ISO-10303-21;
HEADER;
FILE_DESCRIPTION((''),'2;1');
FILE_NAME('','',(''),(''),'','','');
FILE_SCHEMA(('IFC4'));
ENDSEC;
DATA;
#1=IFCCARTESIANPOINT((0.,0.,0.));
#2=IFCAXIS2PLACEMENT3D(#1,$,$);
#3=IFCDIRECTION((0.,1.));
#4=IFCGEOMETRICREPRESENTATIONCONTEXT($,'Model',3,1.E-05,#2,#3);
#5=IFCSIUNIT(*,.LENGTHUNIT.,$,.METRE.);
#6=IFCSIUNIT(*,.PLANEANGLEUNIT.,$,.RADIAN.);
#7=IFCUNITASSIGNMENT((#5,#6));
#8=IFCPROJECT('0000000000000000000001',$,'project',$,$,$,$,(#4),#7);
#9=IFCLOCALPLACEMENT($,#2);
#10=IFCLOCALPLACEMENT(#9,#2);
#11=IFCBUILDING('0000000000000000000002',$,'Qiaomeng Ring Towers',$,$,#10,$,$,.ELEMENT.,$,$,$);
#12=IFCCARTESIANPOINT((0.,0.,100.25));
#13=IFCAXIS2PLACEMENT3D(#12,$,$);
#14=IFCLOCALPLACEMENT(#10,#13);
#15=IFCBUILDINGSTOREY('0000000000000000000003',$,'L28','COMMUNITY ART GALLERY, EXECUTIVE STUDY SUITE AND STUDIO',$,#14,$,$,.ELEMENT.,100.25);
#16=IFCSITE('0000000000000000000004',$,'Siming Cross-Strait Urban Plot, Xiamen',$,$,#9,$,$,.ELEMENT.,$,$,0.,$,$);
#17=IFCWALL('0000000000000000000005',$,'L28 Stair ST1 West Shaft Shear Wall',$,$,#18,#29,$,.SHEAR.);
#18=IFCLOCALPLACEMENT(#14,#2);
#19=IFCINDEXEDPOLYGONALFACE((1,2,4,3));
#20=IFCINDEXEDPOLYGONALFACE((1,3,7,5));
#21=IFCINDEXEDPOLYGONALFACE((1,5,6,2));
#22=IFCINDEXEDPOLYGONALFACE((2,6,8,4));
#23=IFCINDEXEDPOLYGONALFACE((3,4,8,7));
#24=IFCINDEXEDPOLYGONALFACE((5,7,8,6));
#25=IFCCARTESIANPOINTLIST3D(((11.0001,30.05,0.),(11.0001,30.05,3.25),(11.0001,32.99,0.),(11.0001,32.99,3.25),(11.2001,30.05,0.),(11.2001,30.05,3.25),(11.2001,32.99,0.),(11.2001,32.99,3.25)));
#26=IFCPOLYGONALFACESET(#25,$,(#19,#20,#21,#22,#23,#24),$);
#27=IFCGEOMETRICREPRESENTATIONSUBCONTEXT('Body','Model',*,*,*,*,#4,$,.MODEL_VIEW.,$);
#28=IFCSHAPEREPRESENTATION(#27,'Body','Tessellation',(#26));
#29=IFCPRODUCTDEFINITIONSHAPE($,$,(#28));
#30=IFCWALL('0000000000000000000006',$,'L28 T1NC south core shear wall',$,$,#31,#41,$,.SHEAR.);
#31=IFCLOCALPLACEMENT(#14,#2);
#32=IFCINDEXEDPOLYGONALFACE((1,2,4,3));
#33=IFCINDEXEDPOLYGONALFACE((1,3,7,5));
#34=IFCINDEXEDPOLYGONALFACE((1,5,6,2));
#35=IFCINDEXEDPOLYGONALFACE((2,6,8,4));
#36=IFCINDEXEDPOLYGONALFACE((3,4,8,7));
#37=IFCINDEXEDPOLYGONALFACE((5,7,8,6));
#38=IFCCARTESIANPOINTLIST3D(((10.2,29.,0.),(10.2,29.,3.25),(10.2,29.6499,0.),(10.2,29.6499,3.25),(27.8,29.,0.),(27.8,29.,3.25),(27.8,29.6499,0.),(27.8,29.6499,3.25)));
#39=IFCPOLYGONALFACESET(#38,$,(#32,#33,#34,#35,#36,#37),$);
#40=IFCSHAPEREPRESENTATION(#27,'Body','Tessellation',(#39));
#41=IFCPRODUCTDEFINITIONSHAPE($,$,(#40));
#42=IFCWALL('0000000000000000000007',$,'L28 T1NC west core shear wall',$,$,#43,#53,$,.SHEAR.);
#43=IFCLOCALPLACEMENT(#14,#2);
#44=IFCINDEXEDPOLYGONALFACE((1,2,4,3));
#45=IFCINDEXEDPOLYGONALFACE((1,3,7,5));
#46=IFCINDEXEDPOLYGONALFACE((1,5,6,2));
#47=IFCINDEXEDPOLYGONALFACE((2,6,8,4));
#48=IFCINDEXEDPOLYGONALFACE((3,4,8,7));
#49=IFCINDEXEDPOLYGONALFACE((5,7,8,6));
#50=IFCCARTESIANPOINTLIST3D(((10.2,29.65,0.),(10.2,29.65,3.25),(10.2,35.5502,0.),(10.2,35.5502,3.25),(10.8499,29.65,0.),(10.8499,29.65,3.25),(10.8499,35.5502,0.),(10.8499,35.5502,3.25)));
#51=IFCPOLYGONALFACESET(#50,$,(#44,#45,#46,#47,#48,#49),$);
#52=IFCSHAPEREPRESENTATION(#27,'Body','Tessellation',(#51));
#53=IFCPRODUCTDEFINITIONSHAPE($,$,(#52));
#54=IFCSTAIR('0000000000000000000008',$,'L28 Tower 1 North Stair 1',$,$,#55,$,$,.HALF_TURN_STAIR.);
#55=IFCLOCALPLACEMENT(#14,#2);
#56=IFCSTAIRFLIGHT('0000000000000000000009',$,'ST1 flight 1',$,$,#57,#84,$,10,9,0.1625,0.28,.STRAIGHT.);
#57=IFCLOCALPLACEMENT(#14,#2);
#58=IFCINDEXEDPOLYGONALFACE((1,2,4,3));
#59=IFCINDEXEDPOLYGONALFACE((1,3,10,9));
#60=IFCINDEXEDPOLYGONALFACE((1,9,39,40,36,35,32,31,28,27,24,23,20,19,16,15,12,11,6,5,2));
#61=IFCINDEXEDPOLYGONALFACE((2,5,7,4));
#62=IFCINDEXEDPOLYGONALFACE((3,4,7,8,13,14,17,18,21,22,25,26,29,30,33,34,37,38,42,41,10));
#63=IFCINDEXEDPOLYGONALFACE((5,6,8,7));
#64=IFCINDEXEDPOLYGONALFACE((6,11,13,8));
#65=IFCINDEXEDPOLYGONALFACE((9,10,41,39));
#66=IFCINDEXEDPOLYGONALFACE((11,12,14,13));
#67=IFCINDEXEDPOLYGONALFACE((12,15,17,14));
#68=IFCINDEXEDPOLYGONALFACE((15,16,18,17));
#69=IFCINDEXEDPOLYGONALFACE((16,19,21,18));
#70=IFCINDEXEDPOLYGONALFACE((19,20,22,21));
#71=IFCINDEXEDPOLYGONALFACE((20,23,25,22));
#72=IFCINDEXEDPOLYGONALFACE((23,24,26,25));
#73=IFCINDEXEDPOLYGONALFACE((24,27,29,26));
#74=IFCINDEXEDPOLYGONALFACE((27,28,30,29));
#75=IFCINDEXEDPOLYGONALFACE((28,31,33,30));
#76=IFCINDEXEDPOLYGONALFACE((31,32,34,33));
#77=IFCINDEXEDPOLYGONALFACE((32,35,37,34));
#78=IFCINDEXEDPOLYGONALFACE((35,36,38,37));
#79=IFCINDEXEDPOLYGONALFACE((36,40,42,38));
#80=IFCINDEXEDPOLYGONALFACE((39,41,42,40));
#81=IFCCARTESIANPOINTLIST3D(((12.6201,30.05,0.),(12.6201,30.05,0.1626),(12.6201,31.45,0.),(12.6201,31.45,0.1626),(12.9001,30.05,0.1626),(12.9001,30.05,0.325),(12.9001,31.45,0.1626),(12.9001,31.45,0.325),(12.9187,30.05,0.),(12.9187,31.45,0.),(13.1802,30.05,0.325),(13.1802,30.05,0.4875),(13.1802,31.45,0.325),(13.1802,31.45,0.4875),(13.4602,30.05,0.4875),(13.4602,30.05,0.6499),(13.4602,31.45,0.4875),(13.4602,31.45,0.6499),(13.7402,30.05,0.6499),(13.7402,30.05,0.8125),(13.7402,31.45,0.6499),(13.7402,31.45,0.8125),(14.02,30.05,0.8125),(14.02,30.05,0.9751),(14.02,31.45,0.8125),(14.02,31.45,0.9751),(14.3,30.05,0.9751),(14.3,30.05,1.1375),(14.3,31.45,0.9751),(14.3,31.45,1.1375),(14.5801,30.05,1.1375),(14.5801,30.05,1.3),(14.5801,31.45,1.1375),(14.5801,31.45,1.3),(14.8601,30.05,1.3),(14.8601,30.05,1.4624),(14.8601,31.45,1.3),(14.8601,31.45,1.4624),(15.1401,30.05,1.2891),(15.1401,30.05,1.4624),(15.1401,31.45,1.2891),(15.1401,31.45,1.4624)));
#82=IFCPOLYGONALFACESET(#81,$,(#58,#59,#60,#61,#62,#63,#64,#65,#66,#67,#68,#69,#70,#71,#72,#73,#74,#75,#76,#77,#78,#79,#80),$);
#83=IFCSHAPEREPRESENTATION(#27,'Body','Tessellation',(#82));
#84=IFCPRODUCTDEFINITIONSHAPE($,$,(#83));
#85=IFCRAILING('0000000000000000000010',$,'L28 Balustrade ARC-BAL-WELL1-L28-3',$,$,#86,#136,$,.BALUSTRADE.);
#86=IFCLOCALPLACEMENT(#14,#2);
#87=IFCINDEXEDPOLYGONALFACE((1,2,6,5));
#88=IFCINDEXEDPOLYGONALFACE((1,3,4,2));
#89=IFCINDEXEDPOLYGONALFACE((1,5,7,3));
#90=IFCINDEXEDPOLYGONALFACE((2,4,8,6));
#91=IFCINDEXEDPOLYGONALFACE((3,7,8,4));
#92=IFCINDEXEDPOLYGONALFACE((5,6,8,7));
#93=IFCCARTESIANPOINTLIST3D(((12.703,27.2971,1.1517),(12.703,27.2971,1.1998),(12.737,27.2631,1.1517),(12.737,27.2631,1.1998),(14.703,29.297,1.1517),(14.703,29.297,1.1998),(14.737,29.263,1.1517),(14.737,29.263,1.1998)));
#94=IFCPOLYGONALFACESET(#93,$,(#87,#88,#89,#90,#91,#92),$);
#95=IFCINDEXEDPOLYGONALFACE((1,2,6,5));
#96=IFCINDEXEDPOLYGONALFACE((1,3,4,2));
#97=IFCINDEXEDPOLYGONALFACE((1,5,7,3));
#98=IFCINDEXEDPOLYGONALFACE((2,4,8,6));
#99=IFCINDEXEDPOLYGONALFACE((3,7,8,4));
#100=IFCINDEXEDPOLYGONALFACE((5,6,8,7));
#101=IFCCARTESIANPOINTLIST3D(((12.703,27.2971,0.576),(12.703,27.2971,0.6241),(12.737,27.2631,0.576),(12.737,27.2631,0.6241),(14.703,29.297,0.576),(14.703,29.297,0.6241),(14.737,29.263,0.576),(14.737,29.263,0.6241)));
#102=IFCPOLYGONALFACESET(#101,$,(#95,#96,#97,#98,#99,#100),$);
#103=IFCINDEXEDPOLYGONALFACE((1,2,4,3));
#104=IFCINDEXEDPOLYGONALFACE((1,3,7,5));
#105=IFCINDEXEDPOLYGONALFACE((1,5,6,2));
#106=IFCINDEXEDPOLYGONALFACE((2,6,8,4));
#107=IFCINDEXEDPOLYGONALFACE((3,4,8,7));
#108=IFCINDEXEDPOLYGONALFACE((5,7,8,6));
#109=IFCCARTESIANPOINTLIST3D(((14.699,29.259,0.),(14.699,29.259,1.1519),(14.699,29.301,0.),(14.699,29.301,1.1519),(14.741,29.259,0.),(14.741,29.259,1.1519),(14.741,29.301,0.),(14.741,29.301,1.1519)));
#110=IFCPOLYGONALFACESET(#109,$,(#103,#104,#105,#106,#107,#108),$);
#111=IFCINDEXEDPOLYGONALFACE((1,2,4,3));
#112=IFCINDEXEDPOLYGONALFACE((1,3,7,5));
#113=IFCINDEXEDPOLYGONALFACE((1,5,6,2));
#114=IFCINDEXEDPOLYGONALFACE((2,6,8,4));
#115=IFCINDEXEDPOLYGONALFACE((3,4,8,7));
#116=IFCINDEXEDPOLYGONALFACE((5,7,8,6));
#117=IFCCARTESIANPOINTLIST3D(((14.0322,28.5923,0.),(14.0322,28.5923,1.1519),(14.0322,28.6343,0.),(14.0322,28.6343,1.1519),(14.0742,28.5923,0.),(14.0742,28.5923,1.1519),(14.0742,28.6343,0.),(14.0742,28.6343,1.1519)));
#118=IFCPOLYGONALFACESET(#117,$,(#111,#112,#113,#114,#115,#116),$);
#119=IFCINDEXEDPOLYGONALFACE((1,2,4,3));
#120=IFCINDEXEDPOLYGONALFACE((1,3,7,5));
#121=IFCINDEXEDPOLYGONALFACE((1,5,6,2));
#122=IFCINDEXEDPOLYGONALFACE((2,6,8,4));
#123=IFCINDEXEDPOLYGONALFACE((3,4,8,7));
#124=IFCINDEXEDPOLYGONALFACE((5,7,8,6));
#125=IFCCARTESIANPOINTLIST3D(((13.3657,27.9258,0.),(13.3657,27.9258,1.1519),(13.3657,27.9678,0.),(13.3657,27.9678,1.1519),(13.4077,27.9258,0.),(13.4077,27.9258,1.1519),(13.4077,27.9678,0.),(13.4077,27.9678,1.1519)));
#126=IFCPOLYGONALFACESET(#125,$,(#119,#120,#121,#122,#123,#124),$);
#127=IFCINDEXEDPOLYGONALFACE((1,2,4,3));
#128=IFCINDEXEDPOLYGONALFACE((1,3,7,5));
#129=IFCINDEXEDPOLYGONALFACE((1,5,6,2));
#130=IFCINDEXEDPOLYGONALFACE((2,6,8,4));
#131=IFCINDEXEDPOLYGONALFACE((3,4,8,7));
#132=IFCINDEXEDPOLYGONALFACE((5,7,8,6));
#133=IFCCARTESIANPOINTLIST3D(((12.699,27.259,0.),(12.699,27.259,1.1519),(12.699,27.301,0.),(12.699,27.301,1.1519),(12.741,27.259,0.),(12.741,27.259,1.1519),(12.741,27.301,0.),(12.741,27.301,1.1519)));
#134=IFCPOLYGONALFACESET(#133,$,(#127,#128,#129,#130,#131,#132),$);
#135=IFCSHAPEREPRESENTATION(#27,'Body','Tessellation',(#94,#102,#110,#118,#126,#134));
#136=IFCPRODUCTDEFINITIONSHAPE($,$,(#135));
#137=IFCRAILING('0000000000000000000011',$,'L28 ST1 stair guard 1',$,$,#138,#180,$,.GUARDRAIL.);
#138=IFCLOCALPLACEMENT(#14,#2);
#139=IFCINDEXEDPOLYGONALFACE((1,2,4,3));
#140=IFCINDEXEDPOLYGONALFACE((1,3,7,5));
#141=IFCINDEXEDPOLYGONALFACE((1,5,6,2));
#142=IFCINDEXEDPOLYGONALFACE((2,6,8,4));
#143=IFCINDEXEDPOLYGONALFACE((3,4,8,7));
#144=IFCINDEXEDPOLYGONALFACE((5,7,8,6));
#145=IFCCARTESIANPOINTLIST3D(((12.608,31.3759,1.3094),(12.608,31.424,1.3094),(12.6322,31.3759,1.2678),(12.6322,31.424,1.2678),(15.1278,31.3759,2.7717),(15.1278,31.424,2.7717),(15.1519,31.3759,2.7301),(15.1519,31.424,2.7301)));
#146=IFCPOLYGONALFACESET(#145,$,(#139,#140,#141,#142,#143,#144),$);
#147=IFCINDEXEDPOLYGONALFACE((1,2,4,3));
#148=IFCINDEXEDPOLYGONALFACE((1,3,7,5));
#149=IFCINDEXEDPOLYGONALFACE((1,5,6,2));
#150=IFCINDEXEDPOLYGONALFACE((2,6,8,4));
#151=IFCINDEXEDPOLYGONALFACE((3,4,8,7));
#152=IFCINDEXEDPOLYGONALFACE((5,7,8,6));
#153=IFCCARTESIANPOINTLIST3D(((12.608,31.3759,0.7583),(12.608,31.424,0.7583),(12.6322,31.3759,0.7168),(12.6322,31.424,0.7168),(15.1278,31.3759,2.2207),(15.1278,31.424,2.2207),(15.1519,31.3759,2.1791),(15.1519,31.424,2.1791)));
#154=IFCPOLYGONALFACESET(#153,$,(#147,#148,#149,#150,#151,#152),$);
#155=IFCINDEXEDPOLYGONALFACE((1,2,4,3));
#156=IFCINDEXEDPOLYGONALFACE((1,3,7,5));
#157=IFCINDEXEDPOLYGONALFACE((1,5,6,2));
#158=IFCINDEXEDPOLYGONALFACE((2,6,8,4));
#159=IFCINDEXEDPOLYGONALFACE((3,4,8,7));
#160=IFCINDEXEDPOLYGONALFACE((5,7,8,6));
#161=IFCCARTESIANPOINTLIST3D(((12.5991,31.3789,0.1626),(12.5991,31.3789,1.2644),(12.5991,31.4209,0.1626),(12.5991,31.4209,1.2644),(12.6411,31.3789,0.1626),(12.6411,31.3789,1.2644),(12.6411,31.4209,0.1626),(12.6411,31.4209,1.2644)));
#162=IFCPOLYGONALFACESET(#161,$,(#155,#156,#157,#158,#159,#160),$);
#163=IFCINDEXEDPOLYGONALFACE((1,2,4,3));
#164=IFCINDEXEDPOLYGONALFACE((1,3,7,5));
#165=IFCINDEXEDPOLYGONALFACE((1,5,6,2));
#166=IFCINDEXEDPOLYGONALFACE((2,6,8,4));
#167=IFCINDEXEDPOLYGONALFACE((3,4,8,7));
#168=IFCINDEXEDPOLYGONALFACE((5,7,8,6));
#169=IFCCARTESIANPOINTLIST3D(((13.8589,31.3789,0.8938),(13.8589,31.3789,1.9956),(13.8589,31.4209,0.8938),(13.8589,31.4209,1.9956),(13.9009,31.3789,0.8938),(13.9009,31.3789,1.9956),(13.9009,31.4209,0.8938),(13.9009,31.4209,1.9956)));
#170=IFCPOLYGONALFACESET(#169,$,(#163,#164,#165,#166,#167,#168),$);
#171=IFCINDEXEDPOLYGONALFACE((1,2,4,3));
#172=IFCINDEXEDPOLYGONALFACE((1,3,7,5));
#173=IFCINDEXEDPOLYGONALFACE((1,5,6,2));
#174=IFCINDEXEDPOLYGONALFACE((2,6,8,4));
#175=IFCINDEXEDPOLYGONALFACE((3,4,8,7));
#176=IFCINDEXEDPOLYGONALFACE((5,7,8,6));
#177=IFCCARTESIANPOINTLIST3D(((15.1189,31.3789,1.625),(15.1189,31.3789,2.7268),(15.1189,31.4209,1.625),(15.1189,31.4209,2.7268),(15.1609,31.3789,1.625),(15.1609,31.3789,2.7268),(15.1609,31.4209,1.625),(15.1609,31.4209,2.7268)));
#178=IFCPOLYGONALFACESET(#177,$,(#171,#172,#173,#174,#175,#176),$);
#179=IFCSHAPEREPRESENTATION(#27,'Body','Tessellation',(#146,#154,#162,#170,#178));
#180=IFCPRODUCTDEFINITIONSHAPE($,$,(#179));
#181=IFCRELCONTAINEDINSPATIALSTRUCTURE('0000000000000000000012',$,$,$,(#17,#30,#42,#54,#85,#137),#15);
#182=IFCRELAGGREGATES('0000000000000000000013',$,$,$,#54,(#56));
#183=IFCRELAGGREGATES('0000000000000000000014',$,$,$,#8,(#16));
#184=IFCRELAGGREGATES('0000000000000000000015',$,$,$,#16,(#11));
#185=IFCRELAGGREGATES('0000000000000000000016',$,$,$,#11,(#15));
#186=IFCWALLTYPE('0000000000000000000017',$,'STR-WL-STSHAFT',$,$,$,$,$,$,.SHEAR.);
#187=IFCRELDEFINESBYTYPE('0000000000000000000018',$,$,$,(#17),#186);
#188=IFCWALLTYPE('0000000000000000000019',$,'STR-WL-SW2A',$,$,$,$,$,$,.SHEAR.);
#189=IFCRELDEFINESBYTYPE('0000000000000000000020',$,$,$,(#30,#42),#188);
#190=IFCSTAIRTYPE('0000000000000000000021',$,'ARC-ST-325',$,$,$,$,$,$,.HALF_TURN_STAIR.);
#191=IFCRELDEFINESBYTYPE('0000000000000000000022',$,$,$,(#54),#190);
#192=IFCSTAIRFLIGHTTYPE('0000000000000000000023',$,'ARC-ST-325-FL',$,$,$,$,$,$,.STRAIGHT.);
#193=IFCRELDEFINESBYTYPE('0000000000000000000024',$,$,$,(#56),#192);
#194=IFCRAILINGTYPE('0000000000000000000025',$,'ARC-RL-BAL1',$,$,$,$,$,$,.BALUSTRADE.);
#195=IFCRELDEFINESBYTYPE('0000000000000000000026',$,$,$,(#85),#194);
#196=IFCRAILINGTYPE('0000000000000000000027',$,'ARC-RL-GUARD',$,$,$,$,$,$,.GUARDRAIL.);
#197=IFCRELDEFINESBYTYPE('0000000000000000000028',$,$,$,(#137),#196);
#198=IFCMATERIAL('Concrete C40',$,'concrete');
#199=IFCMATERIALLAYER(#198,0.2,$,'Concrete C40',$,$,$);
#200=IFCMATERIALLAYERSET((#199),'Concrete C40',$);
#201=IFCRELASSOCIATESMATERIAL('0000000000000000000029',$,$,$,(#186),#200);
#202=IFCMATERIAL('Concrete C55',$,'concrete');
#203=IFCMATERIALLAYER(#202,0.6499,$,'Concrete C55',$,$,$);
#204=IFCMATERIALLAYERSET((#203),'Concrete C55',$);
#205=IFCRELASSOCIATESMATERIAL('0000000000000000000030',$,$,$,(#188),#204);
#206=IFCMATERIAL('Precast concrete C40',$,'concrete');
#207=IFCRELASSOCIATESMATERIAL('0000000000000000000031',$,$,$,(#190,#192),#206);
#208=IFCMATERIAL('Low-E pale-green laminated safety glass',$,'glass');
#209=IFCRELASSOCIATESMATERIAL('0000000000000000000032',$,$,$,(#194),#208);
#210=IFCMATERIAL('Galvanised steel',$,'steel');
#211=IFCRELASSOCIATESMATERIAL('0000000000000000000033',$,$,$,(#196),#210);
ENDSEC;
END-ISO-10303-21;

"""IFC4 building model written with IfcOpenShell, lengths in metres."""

from ifc_helpers import new_model, si_unit, direction, frame, frame_2d, origin, origin_2d, place, context, subcontext, project, spatial, polyline, rectangle, outline, extrude, source, transform, mapped, material, layer, layer_set, type_object, element, aggregate, save


model = new_model("IFC4")

# Units and contexts
model_context = context("Model", 3, precision=1e-05, world=origin(), true_north=direction((0.0, 1.0)))
body_context = subcontext(model_context, "Body", "Model", "MODEL_VIEW")
ifc_project = project(units=[si_unit("LENGTHUNIT", "METRE"), si_unit("PLANEANGLEUNIT", "RADIAN")], contexts=[model_context])

# Site, building, storey
site_placement = place(None, origin())
site = spatial("IfcSite", under=ifc_project, at=site_placement, Name="Siming Cross-Strait Urban Plot, Xiamen", CompositionType="ELEMENT", RefElevation=0.0)
building_placement = place(site_placement, origin())
building = spatial("IfcBuilding", under=site, at=building_placement, Name="Qiaomeng Ring Towers", CompositionType="ELEMENT")
storey_placement = place(building_placement, frame((0.0, 0.0, 100.25)))
storey = spatial("IfcBuildingStorey", under=building, at=storey_placement, Name="L28", Description="COMMUNITY ART GALLERY, EXECUTIVE STUDY SUITE AND STUDIO", CompositionType="ELEMENT", Elevation=100.25)

# Shared definitions
ifc_material_1 = material(Name="Concrete C55", Category="concrete")

# Walls
ifc_material_2 = material(Name="Concrete C40", Category="concrete")
ifc_layer_1 = layer(ifc_material_2, 0.2, Name="Concrete C40")
ifc_layer_set_1 = layer_set([ifc_layer_1], Name="Concrete C40")
wall_type_1 = type_object("IfcWallType", Name="STR-WL-STSHAFT", PredefinedType="SHEAR", material=ifc_layer_set_1)
wall_1_placement = place(storey_placement, frame((11.1001, 30.05, 0.0), z_axis=(0.0, 0.0, 1.0), x_axis=(0.0, 1.0, 0.0)))
element("IfcWall", 1, at=wall_1_placement, inside=storey, type_object=wall_type_1, Name="L28 Stair ST1 West Shaft Shear Wall", PredefinedType="SHEAR", context=body_context, shape_type="SweptSolid", body=[
    extrude(rectangle(XDim=2.9399, YDim=0.2, at=frame_2d((1.47, 0.0))), origin(), (0.0, 0.0, 1.0), 3.25),
])
ifc_layer_2 = layer(ifc_material_1, 0.6499, Name="Concrete C55")
ifc_layer_set_2 = layer_set([ifc_layer_2], Name="Concrete C55")
wall_type_2 = type_object("IfcWallType", Name="STR-WL-SW2A", PredefinedType="SHEAR", material=ifc_layer_set_2)
wall_2_placement = place(storey_placement, frame((10.2, 29.325, 0.0), z_axis=(0.0, 0.0, 1.0), x_axis=(1.0, 0.0, 0.0)))
element("IfcWall", 2, at=wall_2_placement, inside=storey, type_object=wall_type_2, Name="L28 T1NC south core shear wall", PredefinedType="SHEAR", context=body_context, shape_type="SweptSolid", body=[
    extrude(rectangle(XDim=17.6001, YDim=0.6499, at=frame_2d((8.8, 0.0))), origin(), (0.0, 0.0, 1.0), 3.25),
])
wall_3_placement = place(storey_placement, frame((10.5249, 29.6499, 0.0), z_axis=(0.0, 0.0, 1.0), x_axis=(0.0, 1.0, 0.0)))
element("IfcWall", 3, at=wall_3_placement, inside=storey, type_object=wall_type_2, Name="L28 T1NC west core shear wall", PredefinedType="SHEAR", context=body_context, shape_type="SweptSolid", body=[
    extrude(rectangle(XDim=5.9001, YDim=0.6499, at=frame_2d((2.9502, 0.0))), origin(), (0.0, 0.0, 1.0), 3.25),
])

# Stair, stair flight
ifc_material_3 = material(Name="Precast concrete C40", Category="concrete")
stair_type = type_object("IfcStairType", Name="ARC-ST-325", PredefinedType="HALF_TURN_STAIR", material=ifc_material_3)
stair_placement = place(storey_placement, origin())
stair = element("IfcStair", 4, at=stair_placement, inside=storey, type_object=stair_type, Name="L28 Tower 1 North Stair 1", PredefinedType="HALF_TURN_STAIR")
stair_flight_type = type_object("IfcStairFlightType", Name="ARC-ST-325-FL", PredefinedType="STRAIGHT", material=ifc_material_3)
shared_shape_1 = source(origin(), body_context, "Body", "SweptSolid", [
    extrude(outline(polyline([(0.0, 0.0), (0.0, 0.1626), (0.28, 0.1626), (0.28, 0.325), (0.5601, 0.325), (0.5601, 0.4875), (0.8401, 0.4875), (0.8401, 0.6499), (1.1201, 0.6499), (1.1201, 0.8125), (1.3999, 0.8125), (1.3999, 0.9751), (1.6799, 0.9751), (1.6799, 1.1375), (1.96, 1.1375), (1.96, 1.3), (2.24, 1.3), (2.24, 1.4624), (2.52, 1.4624), (2.52, 1.625), (2.52, 1.2891), (0.2986, 0.0), (0.0, 0.0)])), frame((0.0, 0.7, 0.0), z_axis=(0.0, -1.0, 0.0), x_axis=(1.0, 0.0, 0.0)), (0.0, 0.0, 1.0), 1.3999),
])
stair_flight_placement = place(storey_placement, frame((12.6201, 30.75, 0.0), z_axis=(0.0, 0.0, 1.0), x_axis=(1.0, 0.0, 0.0)))
stair_flight = element("IfcStairFlight", 5, at=stair_flight_placement, type_object=stair_flight_type, Name="ST1 flight 1", NumberOfRisers=10, NumberOfTreads=9, PredefinedType="STRAIGHT", RiserHeight=0.1625, TreadLength=0.28, context=body_context, shape_type="MappedRepresentation", body=[
    mapped(shared_shape_1, transform((0.0, 0.0, 0.0), x_axis=(1.0, 0.0, 0.0), y_axis=(0.0, 1.0, 0.0), z_axis=(0.0, 0.0, 1.0), scale=1.0)),
])
aggregate(stair, [stair_flight])

# Railings
ifc_material_4 = material(Name="Low-E pale-green laminated safety glass", Category="glass")
railing_type_1 = type_object("IfcRailingType", Name="ARC-RL-BAL1", PredefinedType="BALUSTRADE", material=ifc_material_4)
railing_1_placement = place(storey_placement, frame((14.72, 29.28, 0.0)))
element("IfcRailing", 6, at=railing_1_placement, inside=storey, type_object=railing_type_1, Name="L28 Balustrade ARC-BAL-WELL1-L28-3", PredefinedType="BALUSTRADE", context=body_context, shape_type="SweptSolid", body=[
    extrude(rectangle(XDim=0.0481, YDim=0.0481, at=origin_2d()), frame((0.0, 0.0, 1.1758), z_axis=(-0.707107, -0.707107, 0.0), x_axis=(0.707107, -0.707107, 0.0)), (0.0, 0.0, 1.0), 2.8284),
    extrude(rectangle(XDim=0.0481, YDim=0.0481, at=origin_2d()), frame((0.0, 0.0, 0.6001), z_axis=(-0.707107, -0.707107, 0.0), x_axis=(0.707107, -0.707107, 0.0)), (0.0, 0.0, 1.0), 2.8284),
    extrude(rectangle(XDim=0.042, YDim=0.042, at=origin_2d()), origin(), (0.0, 0.0, 1.0), 1.1519),
    extrude(rectangle(XDim=0.042, YDim=0.042, at=origin_2d()), frame((-0.6667, -0.6667, 0.0)), (0.0, 0.0, 1.0), 1.1519),
    extrude(rectangle(XDim=0.042, YDim=0.042, at=origin_2d()), frame((-1.3333, -1.3333, 0.0)), (0.0, 0.0, 1.0), 1.1519),
    extrude(rectangle(XDim=0.042, YDim=0.042, at=origin_2d()), frame((-2.0, -2.0, 0.0)), (0.0, 0.0, 1.0), 1.1519),
])
ifc_material_5 = material(Name="Galvanised steel", Category="steel")
railing_type_2 = type_object("IfcRailingType", Name="ARC-RL-GUARD", PredefinedType="GUARDRAIL", material=ifc_material_5)
railing_2_placement = place(storey_placement, frame((12.6201, 31.3999, 0.1626)))
element("IfcRailing", 7, at=railing_2_placement, inside=storey, type_object=railing_type_2, Name="L28 ST1 stair guard 1", PredefinedType="GUARDRAIL", context=body_context, shape_type="SweptSolid", body=[
    extrude(rectangle(XDim=0.0481, YDim=0.0481, at=origin_2d()), frame((0.0, 0.0, 1.126), z_axis=(0.864892, 0.0, 0.501958), x_axis=(0.0, 1.0, 0.0)), (0.0, 0.0, 1.0), 2.9133),
    extrude(rectangle(XDim=0.0481, YDim=0.0481, at=origin_2d()), frame((0.0, 0.0, 0.575), z_axis=(0.864892, 0.0, 0.501958), x_axis=(0.0, 1.0, 0.0)), (0.0, 0.0, 1.0), 2.9133),
    extrude(rectangle(XDim=0.042, YDim=0.042, at=origin_2d()), origin(), (0.0, 0.0, 1.0), 1.1018),
    extrude(rectangle(XDim=0.042, YDim=0.042, at=origin_2d()), frame((1.2598, 0.0, 0.7312)), (0.0, 0.0, 1.0), 1.1018),
    extrude(rectangle(XDim=0.042, YDim=0.042, at=origin_2d()), frame((2.5198, 0.0, 1.4624)), (0.0, 0.0, 1.0), 1.1018),
])

save(model, "model.ifc")
